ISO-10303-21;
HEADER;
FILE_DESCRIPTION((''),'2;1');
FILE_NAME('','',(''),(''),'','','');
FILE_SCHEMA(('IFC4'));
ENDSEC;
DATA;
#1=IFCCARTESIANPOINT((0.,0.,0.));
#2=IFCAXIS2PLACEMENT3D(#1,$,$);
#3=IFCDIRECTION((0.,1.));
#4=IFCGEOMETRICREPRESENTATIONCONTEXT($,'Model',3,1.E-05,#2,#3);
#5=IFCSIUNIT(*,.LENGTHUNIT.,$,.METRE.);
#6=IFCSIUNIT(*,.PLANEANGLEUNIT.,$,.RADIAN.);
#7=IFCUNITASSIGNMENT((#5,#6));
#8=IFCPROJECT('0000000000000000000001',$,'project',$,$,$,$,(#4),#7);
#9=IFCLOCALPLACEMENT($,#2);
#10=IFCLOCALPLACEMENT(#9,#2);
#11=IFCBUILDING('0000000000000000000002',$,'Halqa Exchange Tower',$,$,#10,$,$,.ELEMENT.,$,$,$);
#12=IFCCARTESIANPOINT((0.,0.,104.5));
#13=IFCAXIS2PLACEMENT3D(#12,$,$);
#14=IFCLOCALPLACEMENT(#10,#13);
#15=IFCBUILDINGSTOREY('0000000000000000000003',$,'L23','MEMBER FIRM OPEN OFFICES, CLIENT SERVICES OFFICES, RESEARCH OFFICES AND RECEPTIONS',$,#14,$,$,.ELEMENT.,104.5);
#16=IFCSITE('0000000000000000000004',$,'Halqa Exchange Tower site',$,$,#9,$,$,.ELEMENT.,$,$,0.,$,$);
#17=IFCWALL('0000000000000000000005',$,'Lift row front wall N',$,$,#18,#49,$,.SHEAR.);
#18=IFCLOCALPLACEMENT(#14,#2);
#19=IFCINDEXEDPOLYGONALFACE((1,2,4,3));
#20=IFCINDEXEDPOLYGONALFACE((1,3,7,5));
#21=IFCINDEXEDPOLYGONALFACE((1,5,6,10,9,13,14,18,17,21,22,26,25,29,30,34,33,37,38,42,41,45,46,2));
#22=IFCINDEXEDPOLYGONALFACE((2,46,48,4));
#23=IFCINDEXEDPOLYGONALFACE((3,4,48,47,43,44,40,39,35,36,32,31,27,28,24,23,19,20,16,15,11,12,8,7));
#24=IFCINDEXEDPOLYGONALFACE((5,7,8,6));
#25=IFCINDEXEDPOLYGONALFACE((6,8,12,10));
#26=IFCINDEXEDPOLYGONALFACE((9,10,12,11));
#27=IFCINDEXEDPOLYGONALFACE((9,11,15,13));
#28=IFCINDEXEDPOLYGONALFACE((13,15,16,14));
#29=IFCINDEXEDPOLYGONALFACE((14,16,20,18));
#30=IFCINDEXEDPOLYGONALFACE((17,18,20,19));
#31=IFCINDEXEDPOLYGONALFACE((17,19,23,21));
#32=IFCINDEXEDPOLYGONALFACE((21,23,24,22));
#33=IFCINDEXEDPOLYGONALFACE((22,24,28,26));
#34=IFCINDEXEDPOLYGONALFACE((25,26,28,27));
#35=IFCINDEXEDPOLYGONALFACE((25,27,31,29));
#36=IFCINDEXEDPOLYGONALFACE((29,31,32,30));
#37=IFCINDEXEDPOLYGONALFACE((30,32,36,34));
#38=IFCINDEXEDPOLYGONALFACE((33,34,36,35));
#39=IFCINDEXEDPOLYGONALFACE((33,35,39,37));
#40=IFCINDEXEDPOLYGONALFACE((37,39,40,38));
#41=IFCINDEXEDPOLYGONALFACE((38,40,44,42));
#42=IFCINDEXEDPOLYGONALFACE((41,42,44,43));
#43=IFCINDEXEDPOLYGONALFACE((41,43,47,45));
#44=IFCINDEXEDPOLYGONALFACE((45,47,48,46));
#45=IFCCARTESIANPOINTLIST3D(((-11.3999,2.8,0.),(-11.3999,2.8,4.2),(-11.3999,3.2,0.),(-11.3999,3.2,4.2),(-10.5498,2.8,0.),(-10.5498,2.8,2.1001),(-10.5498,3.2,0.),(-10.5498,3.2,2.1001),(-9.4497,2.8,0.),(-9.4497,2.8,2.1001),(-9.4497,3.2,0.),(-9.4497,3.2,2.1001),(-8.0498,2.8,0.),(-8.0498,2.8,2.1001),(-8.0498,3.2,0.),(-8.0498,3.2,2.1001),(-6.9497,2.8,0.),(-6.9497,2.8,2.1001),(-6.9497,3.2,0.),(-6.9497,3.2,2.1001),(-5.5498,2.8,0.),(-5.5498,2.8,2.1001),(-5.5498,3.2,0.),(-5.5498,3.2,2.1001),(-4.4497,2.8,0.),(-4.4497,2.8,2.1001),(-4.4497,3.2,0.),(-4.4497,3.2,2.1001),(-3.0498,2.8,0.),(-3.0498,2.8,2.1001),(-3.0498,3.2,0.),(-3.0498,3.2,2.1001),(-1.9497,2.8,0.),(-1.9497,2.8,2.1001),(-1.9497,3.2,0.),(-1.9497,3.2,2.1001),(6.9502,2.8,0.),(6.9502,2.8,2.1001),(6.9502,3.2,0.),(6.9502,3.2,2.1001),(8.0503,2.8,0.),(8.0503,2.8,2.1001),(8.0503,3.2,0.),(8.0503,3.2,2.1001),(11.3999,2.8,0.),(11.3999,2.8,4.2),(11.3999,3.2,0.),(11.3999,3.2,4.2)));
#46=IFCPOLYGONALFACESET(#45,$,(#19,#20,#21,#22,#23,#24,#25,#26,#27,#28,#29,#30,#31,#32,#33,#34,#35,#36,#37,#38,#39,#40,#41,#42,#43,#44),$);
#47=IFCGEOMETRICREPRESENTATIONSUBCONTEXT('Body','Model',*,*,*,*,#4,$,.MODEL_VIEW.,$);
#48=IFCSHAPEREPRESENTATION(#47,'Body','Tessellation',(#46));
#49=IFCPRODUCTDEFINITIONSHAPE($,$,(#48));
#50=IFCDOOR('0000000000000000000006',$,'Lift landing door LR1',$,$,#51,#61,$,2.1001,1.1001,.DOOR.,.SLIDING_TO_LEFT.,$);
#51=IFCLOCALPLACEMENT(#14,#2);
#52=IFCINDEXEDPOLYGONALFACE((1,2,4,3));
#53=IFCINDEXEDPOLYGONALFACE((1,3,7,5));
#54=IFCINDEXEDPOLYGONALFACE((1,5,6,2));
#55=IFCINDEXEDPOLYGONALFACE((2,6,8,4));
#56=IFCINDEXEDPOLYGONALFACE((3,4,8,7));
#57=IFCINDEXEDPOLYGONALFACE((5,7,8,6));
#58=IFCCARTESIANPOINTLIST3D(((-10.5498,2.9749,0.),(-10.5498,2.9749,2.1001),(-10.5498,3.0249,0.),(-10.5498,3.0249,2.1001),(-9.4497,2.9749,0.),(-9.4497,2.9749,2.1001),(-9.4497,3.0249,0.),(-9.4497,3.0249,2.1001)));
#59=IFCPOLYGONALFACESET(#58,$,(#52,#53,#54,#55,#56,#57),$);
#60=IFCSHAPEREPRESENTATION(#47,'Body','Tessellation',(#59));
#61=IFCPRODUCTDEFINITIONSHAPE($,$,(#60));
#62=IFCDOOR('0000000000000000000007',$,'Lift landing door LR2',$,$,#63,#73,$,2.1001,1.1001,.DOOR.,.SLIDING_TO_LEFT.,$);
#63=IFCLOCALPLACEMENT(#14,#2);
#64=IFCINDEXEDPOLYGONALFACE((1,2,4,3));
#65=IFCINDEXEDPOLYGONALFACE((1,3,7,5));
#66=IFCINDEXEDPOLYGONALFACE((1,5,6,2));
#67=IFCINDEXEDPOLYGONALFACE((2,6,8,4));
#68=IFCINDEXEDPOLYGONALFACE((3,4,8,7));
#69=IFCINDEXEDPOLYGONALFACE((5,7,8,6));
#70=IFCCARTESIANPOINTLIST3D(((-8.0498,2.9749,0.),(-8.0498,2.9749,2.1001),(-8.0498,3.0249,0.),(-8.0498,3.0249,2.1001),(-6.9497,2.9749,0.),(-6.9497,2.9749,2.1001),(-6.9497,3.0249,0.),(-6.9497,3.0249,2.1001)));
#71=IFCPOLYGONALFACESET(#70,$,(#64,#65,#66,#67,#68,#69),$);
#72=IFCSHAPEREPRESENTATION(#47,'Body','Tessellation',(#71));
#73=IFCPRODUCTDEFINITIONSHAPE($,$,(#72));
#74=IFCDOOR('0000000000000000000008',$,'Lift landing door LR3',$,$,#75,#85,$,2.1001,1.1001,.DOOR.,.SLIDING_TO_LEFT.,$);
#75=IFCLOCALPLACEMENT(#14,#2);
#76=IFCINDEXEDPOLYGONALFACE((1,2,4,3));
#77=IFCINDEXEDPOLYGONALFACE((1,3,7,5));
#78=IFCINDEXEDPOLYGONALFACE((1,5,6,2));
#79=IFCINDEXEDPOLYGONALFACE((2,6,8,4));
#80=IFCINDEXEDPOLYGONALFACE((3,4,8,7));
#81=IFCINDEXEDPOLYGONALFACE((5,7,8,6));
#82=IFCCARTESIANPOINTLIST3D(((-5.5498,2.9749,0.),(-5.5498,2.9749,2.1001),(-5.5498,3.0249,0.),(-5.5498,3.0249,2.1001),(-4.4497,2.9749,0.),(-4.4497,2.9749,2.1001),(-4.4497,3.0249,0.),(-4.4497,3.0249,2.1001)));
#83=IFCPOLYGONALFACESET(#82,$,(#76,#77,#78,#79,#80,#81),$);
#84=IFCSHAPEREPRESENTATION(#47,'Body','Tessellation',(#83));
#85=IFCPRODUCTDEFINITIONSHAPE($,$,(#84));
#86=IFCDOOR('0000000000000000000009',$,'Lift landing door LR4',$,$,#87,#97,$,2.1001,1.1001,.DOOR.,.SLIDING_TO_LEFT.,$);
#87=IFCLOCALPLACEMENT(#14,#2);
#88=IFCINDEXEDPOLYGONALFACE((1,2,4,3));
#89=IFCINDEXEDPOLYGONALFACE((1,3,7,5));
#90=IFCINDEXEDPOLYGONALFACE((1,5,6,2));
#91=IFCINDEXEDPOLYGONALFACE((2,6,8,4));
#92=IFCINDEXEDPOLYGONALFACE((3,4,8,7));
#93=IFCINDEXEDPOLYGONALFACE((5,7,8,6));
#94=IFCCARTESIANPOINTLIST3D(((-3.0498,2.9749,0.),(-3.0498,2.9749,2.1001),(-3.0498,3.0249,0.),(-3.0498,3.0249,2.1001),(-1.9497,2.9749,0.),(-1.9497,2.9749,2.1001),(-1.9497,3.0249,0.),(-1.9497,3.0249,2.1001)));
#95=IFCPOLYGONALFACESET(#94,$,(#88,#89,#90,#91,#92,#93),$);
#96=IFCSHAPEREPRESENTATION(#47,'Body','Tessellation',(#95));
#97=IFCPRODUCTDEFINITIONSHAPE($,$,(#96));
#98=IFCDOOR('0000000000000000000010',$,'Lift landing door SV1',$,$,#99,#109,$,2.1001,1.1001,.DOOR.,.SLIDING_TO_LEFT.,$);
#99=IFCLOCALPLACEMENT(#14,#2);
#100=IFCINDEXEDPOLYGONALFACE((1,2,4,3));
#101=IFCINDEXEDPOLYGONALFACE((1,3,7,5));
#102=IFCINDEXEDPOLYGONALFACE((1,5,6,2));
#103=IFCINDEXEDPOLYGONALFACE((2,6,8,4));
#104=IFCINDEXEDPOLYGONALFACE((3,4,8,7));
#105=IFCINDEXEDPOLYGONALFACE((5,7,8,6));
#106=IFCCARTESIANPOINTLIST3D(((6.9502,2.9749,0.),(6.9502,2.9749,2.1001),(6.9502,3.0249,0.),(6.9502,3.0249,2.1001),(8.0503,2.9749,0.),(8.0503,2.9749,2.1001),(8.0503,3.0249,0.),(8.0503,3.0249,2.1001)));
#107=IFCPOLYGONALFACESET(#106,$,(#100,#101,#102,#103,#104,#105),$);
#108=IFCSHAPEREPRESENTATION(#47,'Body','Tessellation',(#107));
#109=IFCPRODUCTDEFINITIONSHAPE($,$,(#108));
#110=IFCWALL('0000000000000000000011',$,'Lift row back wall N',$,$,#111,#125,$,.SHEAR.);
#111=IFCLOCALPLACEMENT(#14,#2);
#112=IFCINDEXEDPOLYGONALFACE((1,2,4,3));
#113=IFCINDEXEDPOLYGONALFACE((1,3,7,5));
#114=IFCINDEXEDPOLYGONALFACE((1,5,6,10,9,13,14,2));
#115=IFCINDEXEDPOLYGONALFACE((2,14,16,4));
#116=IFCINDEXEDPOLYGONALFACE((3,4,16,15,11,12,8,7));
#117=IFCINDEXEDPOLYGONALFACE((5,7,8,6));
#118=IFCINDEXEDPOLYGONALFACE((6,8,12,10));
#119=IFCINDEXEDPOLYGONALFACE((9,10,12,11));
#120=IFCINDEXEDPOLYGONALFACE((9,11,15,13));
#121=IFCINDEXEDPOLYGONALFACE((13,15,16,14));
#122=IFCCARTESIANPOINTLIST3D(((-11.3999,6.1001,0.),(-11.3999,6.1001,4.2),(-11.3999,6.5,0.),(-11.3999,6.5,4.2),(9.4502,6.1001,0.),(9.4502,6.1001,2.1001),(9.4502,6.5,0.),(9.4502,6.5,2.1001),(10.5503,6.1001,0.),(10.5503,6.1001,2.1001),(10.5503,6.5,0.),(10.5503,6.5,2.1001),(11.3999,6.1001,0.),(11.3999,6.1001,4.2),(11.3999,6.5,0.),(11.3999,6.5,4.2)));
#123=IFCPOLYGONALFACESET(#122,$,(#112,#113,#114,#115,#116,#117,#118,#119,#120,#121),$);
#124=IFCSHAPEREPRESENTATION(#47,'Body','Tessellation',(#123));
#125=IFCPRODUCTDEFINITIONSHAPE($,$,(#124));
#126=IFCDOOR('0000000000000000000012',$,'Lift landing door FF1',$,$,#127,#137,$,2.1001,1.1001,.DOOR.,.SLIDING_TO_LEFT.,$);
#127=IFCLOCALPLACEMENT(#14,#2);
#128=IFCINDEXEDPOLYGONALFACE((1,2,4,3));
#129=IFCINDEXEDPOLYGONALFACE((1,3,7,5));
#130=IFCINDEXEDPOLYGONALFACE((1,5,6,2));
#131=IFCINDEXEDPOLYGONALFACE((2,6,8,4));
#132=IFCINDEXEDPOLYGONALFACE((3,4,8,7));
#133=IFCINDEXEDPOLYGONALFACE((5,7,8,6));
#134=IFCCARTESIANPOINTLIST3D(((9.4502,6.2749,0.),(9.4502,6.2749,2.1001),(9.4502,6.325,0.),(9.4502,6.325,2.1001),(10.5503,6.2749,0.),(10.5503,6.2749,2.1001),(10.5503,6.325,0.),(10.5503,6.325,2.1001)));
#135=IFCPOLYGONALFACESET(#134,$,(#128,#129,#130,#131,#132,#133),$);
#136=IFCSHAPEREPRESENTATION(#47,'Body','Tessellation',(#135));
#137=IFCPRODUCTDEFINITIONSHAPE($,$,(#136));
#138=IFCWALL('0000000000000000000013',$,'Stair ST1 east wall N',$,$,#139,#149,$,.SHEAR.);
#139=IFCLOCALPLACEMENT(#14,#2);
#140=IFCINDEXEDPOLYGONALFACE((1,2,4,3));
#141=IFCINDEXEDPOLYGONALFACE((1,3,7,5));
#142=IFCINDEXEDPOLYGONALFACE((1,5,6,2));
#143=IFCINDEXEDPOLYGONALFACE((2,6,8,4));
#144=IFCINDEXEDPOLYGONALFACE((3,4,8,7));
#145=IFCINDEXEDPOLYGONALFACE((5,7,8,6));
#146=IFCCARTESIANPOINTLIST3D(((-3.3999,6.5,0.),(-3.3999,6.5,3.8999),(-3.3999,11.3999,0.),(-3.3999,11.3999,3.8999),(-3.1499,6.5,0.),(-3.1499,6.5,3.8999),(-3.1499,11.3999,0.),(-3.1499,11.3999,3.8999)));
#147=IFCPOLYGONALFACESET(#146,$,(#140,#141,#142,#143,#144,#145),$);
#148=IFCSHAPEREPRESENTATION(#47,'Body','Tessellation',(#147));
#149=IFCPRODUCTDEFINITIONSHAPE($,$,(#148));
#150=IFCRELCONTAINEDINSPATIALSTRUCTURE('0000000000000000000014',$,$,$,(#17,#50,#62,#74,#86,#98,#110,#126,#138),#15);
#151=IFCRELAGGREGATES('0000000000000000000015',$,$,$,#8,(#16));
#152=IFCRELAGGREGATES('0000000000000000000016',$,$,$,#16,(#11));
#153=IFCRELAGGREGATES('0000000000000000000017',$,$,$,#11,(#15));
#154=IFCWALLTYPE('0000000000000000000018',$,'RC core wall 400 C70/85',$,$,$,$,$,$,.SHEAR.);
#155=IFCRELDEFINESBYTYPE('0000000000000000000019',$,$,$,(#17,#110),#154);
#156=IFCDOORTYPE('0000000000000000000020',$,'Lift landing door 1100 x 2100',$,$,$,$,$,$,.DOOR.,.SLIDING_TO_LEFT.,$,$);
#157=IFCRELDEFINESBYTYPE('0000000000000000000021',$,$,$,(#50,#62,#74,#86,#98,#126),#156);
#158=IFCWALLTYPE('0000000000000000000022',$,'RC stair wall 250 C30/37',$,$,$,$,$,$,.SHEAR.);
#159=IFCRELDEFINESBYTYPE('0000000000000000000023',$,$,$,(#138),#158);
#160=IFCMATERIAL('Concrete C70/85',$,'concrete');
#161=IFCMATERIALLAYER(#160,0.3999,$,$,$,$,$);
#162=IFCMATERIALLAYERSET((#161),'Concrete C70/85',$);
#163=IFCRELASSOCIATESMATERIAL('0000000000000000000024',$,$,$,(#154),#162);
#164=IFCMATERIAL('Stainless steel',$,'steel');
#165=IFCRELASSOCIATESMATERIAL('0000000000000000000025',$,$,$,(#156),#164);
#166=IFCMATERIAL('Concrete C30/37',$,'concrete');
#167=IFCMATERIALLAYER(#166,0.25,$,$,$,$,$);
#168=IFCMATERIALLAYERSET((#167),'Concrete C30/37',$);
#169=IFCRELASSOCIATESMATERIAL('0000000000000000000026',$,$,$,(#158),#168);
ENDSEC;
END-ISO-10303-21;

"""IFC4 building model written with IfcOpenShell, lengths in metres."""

from ifc_helpers import new_model, si_unit, direction, frame, frame_2d, origin, place, context, subcontext, project, spatial, rectangle, extrude, material, layer, layer_set, type_object, element, fill, save


model = new_model("IFC4")

# Units and contexts
model_context = context("Model", 3, precision=1e-05, world=origin(), true_north=direction((0.0, 1.0)))
body_context = subcontext(model_context, "Body", "Model", "MODEL_VIEW")
ifc_project = project(units=[si_unit("LENGTHUNIT", "METRE"), si_unit("PLANEANGLEUNIT", "RADIAN")], contexts=[model_context])

# Site, building, storey
site_placement = place(None, origin())
site = spatial("IfcSite", under=ifc_project, at=site_placement, Name="Halqa Exchange Tower site", CompositionType="ELEMENT", RefElevation=0.0)
building_placement = place(site_placement, origin())
building = spatial("IfcBuilding", under=site, at=building_placement, Name="Halqa Exchange Tower", CompositionType="ELEMENT")
storey_placement = place(building_placement, frame((0.0, 0.0, 104.5)))
storey = spatial("IfcBuildingStorey", under=building, at=storey_placement, Name="L23", Description="MEMBER FIRM OPEN OFFICES, CLIENT SERVICES OFFICES, RESEARCH OFFICES AND RECEPTIONS", CompositionType="ELEMENT", Elevation=104.5)

# Wall, openings, doors
ifc_material_1 = material(Name="Concrete C70/85", Category="concrete")
ifc_layer_1 = layer(ifc_material_1, 0.3999)
ifc_layer_set_1 = layer_set([ifc_layer_1], Name="Concrete C70/85")
wall_type_1 = type_object("IfcWallType", Name="RC core wall 400 C70/85", PredefinedType="SHEAR", material=ifc_layer_set_1)
wall_1_placement = place(storey_placement, frame((-11.3999, 3.0, 0.0), z_axis=(0.0, 0.0, 1.0), x_axis=(1.0, 0.0, 0.0)))
wall_1 = element("IfcWall", 1, at=wall_1_placement, inside=storey, type_object=wall_type_1, Name="Lift row front wall N", PredefinedType="SHEAR", context=body_context, shape_type="SweptSolid", body=[
    extrude(rectangle(XDim=22.7998, YDim=0.3999, at=frame_2d((11.3999, 0.0))), origin(), (0.0, 0.0, 1.0), 4.2),
])
opening_1_placement = place(wall_1_placement, frame((0.8501, 0.0, 0.0)))
opening_1 = element("IfcOpeningElement", 2, at=opening_1_placement, cuts=wall_1, PredefinedType="OPENING", context=body_context, shape_type="SweptSolid", body=[
    extrude(rectangle(XDim=1.1001, YDim=2.1001, at=frame_2d((0.55, 1.05))), frame((0.0, 0.2119, 0.0), z_axis=(0.0, -1.0, 0.0), x_axis=(1.0, 0.0, 0.0)), (0.0, 0.0, 1.0), 0.4238),
])
opening_2_placement = place(wall_1_placement, frame((3.3501, 0.0, 0.0)))
opening_2 = element("IfcOpeningElement", 3, at=opening_2_placement, cuts=wall_1, PredefinedType="OPENING", context=body_context, shape_type="SweptSolid", body=[
    extrude(rectangle(XDim=1.1001, YDim=2.1001, at=frame_2d((0.55, 1.05))), frame((0.0, 0.2119, 0.0), z_axis=(0.0, -1.0, 0.0), x_axis=(1.0, 0.0, 0.0)), (0.0, 0.0, 1.0), 0.4238),
])
opening_3_placement = place(wall_1_placement, frame((5.8501, 0.0, 0.0)))
opening_3 = element("IfcOpeningElement", 4, at=opening_3_placement, cuts=wall_1, PredefinedType="OPENING", context=body_context, shape_type="SweptSolid", body=[
    extrude(rectangle(XDim=1.1001, YDim=2.1001, at=frame_2d((0.55, 1.05))), frame((0.0, 0.2119, 0.0), z_axis=(0.0, -1.0, 0.0), x_axis=(1.0, 0.0, 0.0)), (0.0, 0.0, 1.0), 0.4238),
])
opening_4_placement = place(wall_1_placement, frame((8.3501, 0.0, 0.0)))
opening_4 = element("IfcOpeningElement", 5, at=opening_4_placement, cuts=wall_1, PredefinedType="OPENING", context=body_context, shape_type="SweptSolid", body=[
    extrude(rectangle(XDim=1.1001, YDim=2.1001, at=frame_2d((0.55, 1.05))), frame((0.0, 0.2119, 0.0), z_axis=(0.0, -1.0, 0.0), x_axis=(1.0, 0.0, 0.0)), (0.0, 0.0, 1.0), 0.4238),
])
opening_5_placement = place(wall_1_placement, frame((18.3501, 0.0, 0.0)))
opening_5 = element("IfcOpeningElement", 6, at=opening_5_placement, cuts=wall_1, PredefinedType="OPENING", context=body_context, shape_type="SweptSolid", body=[
    extrude(rectangle(XDim=1.1001, YDim=2.1001, at=frame_2d((0.55, 1.05))), frame((0.0, 0.2119, 0.0), z_axis=(0.0, -1.0, 0.0), x_axis=(1.0, 0.0, 0.0)), (0.0, 0.0, 1.0), 0.4238),
])
ifc_material_2 = material(Name="Stainless steel", Category="steel")
door_type = type_object("IfcDoorType", Name="Lift landing door 1100 x 2100", OperationType="SLIDING_TO_LEFT", PredefinedType="DOOR", material=ifc_material_2)
door_1_placement = place(opening_1_placement, origin())
door_1 = element("IfcDoor", 7, at=door_1_placement, inside=storey, type_object=door_type, Name="Lift landing door LR1", OperationType="SLIDING_TO_LEFT", OverallHeight=2.1001, OverallWidth=1.1001, PredefinedType="DOOR", context=body_context, shape_type="SweptSolid", body=[
    extrude(rectangle(XDim=1.1001, YDim=2.1001, at=frame_2d((0.55, 1.05))), frame((0.0, 0.0249, 0.0), z_axis=(0.0, -1.0, 0.0), x_axis=(1.0, 0.0, 0.0)), (0.0, 0.0, 1.0), 0.05),
])
fill(opening_1, door_1)
door_2_placement = place(opening_2_placement, origin())
door_2 = element("IfcDoor", 8, at=door_2_placement, inside=storey, type_object=door_type, Name="Lift landing door LR2", OperationType="SLIDING_TO_LEFT", OverallHeight=2.1001, OverallWidth=1.1001, PredefinedType="DOOR", context=body_context, shape_type="SweptSolid", body=[
    extrude(rectangle(XDim=1.1001, YDim=2.1001, at=frame_2d((0.55, 1.05))), frame((0.0, 0.0249, 0.0), z_axis=(0.0, -1.0, 0.0), x_axis=(1.0, 0.0, 0.0)), (0.0, 0.0, 1.0), 0.05),
])
fill(opening_2, door_2)
door_3_placement = place(opening_3_placement, origin())
door_3 = element("IfcDoor", 9, at=door_3_placement, inside=storey, type_object=door_type, Name="Lift landing door LR3", OperationType="SLIDING_TO_LEFT", OverallHeight=2.1001, OverallWidth=1.1001, PredefinedType="DOOR", context=body_context, shape_type="SweptSolid", body=[
    extrude(rectangle(XDim=1.1001, YDim=2.1001, at=frame_2d((0.55, 1.05))), frame((0.0, 0.0249, 0.0), z_axis=(0.0, -1.0, 0.0), x_axis=(1.0, 0.0, 0.0)), (0.0, 0.0, 1.0), 0.05),
])
fill(opening_3, door_3)
door_4_placement = place(opening_4_placement, origin())
door_4 = element("IfcDoor", 10, at=door_4_placement, inside=storey, type_object=door_type, Name="Lift landing door LR4", OperationType="SLIDING_TO_LEFT", OverallHeight=2.1001, OverallWidth=1.1001, PredefinedType="DOOR", context=body_context, shape_type="SweptSolid", body=[
    extrude(rectangle(XDim=1.1001, YDim=2.1001, at=frame_2d((0.55, 1.05))), frame((0.0, 0.0249, 0.0), z_axis=(0.0, -1.0, 0.0), x_axis=(1.0, 0.0, 0.0)), (0.0, 0.0, 1.0), 0.05),
])
fill(opening_4, door_4)
door_5_placement = place(opening_5_placement, origin())
door_5 = element("IfcDoor", 11, at=door_5_placement, inside=storey, type_object=door_type, Name="Lift landing door SV1", OperationType="SLIDING_TO_LEFT", OverallHeight=2.1001, OverallWidth=1.1001, PredefinedType="DOOR", context=body_context, shape_type="SweptSolid", body=[
    extrude(rectangle(XDim=1.1001, YDim=2.1001, at=frame_2d((0.55, 1.05))), frame((0.0, 0.0249, 0.0), z_axis=(0.0, -1.0, 0.0), x_axis=(1.0, 0.0, 0.0)), (0.0, 0.0, 1.0), 0.05),
])
fill(opening_5, door_5)

# Wall, opening, door
wall_2_placement = place(storey_placement, frame((-11.3999, 6.3, 0.0), z_axis=(0.0, 0.0, 1.0), x_axis=(1.0, 0.0, 0.0)))
wall_2 = element("IfcWall", 12, at=wall_2_placement, inside=storey, type_object=wall_type_1, Name="Lift row back wall N", PredefinedType="SHEAR", context=body_context, shape_type="SweptSolid", body=[
    extrude(rectangle(XDim=22.7998, YDim=0.3999, at=frame_2d((11.3999, 0.0))), origin(), (0.0, 0.0, 1.0), 4.2),
])
opening_6_placement = place(wall_2_placement, frame((20.8501, 0.0, 0.0)))
opening_6 = element("IfcOpeningElement", 13, at=opening_6_placement, cuts=wall_2, PredefinedType="OPENING", context=body_context, shape_type="SweptSolid", body=[
    extrude(rectangle(XDim=1.1001, YDim=2.1001, at=frame_2d((0.55, 1.05))), frame((0.0, 0.2119, 0.0), z_axis=(0.0, -1.0, 0.0), x_axis=(1.0, 0.0, 0.0)), (0.0, 0.0, 1.0), 0.4238),
])
door_6_placement = place(opening_6_placement, origin())
door_6 = element("IfcDoor", 14, at=door_6_placement, inside=storey, type_object=door_type, Name="Lift landing door FF1", OperationType="SLIDING_TO_LEFT", OverallHeight=2.1001, OverallWidth=1.1001, PredefinedType="DOOR", context=body_context, shape_type="SweptSolid", body=[
    extrude(rectangle(XDim=1.1001, YDim=2.1001, at=frame_2d((0.55, 1.05))), frame((0.0, 0.0249, 0.0), z_axis=(0.0, -1.0, 0.0), x_axis=(1.0, 0.0, 0.0)), (0.0, 0.0, 1.0), 0.05),
])
fill(opening_6, door_6)

# Wall
ifc_material_3 = material(Name="Concrete C30/37", Category="concrete")
ifc_layer_2 = layer(ifc_material_3, 0.25)
ifc_layer_set_2 = layer_set([ifc_layer_2], Name="Concrete C30/37")
wall_type_2 = type_object("IfcWallType", Name="RC stair wall 250 C30/37", PredefinedType="SHEAR", material=ifc_layer_set_2)
wall_3_placement = place(storey_placement, frame((-3.2749, 6.5, 0.0), z_axis=(0.0, 0.0, 1.0), x_axis=(0.0, 1.0, 0.0)))
element("IfcWall", 15, at=wall_3_placement, inside=storey, type_object=wall_type_2, Name="Stair ST1 east wall N", PredefinedType="SHEAR", context=body_context, shape_type="SweptSolid", body=[
    extrude(rectangle(XDim=4.8999, YDim=0.25, at=frame_2d((2.45, 0.0))), origin(), (0.0, 0.0, 1.0), 3.8999),
])

save(model, "model.ifc")
